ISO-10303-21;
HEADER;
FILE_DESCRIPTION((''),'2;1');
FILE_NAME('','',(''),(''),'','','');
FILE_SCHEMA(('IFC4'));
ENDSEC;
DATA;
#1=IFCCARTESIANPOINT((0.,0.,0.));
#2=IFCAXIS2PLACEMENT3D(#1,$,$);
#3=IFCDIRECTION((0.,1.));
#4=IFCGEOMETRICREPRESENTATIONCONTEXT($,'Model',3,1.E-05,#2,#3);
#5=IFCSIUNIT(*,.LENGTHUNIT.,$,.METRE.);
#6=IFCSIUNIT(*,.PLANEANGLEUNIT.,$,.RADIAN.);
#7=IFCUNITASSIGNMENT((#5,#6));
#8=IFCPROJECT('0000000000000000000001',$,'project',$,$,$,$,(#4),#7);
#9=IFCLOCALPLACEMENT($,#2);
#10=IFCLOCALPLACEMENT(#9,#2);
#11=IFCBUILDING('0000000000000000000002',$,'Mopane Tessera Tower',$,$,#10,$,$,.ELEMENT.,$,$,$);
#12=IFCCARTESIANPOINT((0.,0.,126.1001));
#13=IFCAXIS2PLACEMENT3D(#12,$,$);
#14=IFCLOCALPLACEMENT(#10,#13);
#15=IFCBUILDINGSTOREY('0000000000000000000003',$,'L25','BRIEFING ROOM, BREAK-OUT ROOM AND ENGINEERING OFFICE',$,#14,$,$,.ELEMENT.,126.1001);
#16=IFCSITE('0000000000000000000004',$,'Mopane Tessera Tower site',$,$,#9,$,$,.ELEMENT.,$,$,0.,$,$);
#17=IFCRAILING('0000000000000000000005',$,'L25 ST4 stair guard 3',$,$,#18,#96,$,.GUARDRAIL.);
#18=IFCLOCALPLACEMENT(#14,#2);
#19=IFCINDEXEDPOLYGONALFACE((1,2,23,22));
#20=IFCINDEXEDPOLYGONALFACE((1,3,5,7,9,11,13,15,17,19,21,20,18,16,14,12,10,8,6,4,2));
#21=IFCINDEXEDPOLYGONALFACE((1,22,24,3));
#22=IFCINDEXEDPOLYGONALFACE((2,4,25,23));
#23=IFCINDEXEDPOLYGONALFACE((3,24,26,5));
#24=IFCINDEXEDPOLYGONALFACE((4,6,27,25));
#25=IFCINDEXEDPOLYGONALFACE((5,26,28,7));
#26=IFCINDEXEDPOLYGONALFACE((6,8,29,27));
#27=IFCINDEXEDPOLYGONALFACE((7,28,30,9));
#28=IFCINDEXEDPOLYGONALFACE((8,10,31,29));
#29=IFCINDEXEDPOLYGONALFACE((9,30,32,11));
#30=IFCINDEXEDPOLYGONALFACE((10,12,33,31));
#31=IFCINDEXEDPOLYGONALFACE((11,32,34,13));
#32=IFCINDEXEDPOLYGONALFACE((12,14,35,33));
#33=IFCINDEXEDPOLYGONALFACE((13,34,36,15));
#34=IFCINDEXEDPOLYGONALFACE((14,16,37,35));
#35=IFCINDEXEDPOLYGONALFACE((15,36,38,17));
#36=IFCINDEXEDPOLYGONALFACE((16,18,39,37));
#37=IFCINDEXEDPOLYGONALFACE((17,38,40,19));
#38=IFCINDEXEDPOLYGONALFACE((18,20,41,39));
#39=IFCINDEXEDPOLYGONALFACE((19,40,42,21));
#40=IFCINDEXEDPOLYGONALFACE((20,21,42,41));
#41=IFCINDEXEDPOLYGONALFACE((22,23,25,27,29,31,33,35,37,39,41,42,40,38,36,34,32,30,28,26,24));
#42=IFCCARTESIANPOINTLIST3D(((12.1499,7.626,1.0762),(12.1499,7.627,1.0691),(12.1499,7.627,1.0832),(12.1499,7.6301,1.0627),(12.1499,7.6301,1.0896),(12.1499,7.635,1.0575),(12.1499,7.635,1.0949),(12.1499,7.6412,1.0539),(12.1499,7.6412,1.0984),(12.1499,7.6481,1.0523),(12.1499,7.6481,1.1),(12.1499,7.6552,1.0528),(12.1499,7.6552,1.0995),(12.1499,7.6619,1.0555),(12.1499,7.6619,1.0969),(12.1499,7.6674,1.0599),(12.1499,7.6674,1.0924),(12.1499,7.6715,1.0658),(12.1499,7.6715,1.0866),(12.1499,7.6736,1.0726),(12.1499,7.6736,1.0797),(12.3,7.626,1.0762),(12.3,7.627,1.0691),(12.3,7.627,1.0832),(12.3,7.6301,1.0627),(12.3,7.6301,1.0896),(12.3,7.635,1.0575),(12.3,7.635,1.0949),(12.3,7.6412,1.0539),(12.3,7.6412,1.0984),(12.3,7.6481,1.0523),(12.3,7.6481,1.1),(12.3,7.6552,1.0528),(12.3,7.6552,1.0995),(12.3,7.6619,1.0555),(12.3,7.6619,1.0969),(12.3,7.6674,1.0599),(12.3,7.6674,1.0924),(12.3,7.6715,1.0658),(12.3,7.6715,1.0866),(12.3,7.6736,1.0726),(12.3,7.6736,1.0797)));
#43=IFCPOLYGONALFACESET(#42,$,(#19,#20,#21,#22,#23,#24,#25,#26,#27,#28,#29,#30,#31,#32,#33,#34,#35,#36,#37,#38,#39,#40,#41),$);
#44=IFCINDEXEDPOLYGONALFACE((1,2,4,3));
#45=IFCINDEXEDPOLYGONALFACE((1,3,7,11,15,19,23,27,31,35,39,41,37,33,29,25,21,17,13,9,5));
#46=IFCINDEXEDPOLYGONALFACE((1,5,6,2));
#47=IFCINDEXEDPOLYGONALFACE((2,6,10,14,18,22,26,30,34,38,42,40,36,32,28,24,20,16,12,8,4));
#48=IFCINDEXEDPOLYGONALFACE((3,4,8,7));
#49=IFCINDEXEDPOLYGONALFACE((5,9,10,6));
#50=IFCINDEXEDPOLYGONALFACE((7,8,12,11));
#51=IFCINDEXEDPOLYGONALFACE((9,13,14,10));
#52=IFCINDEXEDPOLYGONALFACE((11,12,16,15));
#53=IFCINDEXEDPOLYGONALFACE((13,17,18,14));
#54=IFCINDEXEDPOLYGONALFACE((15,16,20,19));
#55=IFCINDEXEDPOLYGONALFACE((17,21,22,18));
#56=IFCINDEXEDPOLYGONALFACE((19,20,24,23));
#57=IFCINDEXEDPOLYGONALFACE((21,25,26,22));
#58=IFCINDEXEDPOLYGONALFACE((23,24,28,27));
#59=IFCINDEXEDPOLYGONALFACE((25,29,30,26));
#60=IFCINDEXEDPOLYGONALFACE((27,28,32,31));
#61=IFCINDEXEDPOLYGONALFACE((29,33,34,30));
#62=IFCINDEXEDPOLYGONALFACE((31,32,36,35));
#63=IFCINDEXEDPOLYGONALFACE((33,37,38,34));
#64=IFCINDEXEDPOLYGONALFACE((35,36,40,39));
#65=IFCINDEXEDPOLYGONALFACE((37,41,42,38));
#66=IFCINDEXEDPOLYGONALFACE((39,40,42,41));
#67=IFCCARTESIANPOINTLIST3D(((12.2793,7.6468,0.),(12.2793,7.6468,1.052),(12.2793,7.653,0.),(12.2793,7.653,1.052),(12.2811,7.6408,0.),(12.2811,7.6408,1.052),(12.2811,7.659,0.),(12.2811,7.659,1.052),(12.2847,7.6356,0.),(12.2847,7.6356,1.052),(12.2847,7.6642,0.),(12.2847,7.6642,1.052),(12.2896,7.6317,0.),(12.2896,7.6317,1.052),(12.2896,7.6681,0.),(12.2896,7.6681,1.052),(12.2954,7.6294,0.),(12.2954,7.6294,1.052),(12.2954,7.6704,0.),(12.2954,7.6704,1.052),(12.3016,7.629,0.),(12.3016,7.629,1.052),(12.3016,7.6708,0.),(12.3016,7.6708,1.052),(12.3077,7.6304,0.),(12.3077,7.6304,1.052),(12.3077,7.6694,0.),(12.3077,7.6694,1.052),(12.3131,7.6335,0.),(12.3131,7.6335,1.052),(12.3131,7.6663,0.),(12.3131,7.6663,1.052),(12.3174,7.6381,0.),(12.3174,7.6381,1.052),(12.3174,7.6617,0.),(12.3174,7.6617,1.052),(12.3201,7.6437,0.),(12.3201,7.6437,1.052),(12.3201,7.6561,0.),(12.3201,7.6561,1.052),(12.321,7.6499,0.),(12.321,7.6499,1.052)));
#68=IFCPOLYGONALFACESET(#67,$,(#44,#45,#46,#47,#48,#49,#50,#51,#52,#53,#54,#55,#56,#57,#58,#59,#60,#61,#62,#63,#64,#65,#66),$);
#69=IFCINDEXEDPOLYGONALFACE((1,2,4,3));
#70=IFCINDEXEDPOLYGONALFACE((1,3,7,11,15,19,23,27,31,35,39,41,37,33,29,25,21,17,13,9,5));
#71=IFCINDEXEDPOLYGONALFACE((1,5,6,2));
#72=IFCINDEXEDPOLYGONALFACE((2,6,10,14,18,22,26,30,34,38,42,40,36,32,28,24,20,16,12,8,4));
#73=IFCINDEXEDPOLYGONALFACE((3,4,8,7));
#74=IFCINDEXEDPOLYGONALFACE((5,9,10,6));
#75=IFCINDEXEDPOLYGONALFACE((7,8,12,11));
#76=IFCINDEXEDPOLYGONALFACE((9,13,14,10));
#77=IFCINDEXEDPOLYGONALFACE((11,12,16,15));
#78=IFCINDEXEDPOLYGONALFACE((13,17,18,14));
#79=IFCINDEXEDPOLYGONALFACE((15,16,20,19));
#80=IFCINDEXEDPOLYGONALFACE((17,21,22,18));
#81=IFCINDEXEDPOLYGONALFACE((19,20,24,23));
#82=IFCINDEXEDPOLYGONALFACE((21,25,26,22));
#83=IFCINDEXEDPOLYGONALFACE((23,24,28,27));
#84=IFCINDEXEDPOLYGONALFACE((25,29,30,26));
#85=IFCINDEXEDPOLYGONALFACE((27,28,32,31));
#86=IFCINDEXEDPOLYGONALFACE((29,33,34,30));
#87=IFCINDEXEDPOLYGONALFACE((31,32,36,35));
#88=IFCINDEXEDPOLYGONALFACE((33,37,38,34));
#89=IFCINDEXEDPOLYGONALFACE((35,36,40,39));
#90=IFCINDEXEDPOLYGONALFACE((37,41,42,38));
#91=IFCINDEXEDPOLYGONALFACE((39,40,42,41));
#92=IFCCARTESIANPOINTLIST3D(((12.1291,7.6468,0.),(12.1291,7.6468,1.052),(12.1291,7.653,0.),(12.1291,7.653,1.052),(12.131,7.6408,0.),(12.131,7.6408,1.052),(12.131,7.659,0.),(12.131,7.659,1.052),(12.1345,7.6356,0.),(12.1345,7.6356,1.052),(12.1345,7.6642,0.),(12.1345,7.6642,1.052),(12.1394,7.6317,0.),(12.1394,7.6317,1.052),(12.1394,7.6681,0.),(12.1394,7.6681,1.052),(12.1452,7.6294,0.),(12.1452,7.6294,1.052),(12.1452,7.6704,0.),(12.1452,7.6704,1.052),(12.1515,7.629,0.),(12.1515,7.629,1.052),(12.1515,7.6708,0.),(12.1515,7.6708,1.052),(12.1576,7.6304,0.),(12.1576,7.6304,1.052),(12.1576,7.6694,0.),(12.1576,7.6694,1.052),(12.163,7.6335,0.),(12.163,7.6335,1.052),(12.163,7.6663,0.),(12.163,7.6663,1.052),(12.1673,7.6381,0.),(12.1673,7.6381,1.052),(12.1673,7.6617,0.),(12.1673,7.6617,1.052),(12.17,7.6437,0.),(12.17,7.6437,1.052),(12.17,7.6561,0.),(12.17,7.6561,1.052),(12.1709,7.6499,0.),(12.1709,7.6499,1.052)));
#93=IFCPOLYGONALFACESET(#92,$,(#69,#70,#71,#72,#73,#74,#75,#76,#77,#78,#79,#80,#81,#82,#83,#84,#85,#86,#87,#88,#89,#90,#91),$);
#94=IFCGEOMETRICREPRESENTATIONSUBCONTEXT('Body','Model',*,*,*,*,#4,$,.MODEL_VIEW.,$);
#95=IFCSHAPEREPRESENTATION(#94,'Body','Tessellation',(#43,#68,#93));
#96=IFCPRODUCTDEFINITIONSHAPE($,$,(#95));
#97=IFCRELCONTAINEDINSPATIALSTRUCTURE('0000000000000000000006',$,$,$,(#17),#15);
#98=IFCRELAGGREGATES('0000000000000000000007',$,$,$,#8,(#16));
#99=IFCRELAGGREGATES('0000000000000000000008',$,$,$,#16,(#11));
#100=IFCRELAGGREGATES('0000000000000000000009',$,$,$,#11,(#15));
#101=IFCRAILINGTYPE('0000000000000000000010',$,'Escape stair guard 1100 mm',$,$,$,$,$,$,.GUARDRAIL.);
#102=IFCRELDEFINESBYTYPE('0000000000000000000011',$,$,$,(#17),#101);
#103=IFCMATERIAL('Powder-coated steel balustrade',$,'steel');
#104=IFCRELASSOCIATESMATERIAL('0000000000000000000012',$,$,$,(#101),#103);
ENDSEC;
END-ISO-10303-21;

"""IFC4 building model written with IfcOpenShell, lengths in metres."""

from ifc_helpers import new_model, si_unit, direction, frame, origin, origin_2d, place, context, subcontext, project, spatial, circle, extrude, material, type_object, element, save


model = new_model("IFC4")

# Units and contexts
model_context = context("Model", 3, precision=1e-05, world=origin(), true_north=direction((0.0, 1.0)))
body_context = subcontext(model_context, "Body", "Model", "MODEL_VIEW")
ifc_project = project(units=[si_unit("LENGTHUNIT", "METRE"), si_unit("PLANEANGLEUNIT", "RADIAN")], contexts=[model_context])

# Site, building, storey
site_placement = place(None, origin())
site = spatial("IfcSite", under=ifc_project, at=site_placement, Name="Mopane Tessera Tower site", CompositionType="ELEMENT", RefElevation=0.0)
building_placement = place(site_placement, origin())
building = spatial("IfcBuilding", under=site, at=building_placement, Name="Mopane Tessera Tower", CompositionType="ELEMENT")
storey_placement = place(building_placement, frame((0.0, 0.0, 126.1001)))
storey = spatial("IfcBuildingStorey", under=building, at=storey_placement, Name="L25", Description="BRIEFING ROOM, BREAK-OUT ROOM AND ENGINEERING OFFICE", CompositionType="ELEMENT", Elevation=126.1001)

# Railing
ifc_material_1 = material(Name="Powder-coated steel balustrade", Category="steel")
railing_type_1 = type_object("IfcRailingType", Name="Escape stair guard 1100 mm", PredefinedType="GUARDRAIL", material=ifc_material_1)
railing_1_placement = place(storey_placement, frame((12.3, 7.6499, 0.0)))
element("IfcRailing", 1, at=railing_1_placement, inside=storey, type_object=railing_type_1, Name="L25 ST4 stair guard 3", PredefinedType="GUARDRAIL", context=body_context, shape_type="SweptSolid", body=[
    extrude(circle(Radius=0.0239, at=origin_2d()), frame((0.0, 0.0, 1.0762), z_axis=(-1.0, 0.0, 0.0), x_axis=(0.0, -1.0, 0.0)), (0.0, 0.0, 1.0), 0.1501),
    extrude(circle(Radius=0.021, at=origin_2d()), origin(), (0.0, 0.0, 1.0), 1.052),
    extrude(circle(Radius=0.021, at=origin_2d()), frame((-0.1501, 0.0, 0.0)), (0.0, 0.0, 1.0), 1.052),
])

save(model, "model.ifc")
